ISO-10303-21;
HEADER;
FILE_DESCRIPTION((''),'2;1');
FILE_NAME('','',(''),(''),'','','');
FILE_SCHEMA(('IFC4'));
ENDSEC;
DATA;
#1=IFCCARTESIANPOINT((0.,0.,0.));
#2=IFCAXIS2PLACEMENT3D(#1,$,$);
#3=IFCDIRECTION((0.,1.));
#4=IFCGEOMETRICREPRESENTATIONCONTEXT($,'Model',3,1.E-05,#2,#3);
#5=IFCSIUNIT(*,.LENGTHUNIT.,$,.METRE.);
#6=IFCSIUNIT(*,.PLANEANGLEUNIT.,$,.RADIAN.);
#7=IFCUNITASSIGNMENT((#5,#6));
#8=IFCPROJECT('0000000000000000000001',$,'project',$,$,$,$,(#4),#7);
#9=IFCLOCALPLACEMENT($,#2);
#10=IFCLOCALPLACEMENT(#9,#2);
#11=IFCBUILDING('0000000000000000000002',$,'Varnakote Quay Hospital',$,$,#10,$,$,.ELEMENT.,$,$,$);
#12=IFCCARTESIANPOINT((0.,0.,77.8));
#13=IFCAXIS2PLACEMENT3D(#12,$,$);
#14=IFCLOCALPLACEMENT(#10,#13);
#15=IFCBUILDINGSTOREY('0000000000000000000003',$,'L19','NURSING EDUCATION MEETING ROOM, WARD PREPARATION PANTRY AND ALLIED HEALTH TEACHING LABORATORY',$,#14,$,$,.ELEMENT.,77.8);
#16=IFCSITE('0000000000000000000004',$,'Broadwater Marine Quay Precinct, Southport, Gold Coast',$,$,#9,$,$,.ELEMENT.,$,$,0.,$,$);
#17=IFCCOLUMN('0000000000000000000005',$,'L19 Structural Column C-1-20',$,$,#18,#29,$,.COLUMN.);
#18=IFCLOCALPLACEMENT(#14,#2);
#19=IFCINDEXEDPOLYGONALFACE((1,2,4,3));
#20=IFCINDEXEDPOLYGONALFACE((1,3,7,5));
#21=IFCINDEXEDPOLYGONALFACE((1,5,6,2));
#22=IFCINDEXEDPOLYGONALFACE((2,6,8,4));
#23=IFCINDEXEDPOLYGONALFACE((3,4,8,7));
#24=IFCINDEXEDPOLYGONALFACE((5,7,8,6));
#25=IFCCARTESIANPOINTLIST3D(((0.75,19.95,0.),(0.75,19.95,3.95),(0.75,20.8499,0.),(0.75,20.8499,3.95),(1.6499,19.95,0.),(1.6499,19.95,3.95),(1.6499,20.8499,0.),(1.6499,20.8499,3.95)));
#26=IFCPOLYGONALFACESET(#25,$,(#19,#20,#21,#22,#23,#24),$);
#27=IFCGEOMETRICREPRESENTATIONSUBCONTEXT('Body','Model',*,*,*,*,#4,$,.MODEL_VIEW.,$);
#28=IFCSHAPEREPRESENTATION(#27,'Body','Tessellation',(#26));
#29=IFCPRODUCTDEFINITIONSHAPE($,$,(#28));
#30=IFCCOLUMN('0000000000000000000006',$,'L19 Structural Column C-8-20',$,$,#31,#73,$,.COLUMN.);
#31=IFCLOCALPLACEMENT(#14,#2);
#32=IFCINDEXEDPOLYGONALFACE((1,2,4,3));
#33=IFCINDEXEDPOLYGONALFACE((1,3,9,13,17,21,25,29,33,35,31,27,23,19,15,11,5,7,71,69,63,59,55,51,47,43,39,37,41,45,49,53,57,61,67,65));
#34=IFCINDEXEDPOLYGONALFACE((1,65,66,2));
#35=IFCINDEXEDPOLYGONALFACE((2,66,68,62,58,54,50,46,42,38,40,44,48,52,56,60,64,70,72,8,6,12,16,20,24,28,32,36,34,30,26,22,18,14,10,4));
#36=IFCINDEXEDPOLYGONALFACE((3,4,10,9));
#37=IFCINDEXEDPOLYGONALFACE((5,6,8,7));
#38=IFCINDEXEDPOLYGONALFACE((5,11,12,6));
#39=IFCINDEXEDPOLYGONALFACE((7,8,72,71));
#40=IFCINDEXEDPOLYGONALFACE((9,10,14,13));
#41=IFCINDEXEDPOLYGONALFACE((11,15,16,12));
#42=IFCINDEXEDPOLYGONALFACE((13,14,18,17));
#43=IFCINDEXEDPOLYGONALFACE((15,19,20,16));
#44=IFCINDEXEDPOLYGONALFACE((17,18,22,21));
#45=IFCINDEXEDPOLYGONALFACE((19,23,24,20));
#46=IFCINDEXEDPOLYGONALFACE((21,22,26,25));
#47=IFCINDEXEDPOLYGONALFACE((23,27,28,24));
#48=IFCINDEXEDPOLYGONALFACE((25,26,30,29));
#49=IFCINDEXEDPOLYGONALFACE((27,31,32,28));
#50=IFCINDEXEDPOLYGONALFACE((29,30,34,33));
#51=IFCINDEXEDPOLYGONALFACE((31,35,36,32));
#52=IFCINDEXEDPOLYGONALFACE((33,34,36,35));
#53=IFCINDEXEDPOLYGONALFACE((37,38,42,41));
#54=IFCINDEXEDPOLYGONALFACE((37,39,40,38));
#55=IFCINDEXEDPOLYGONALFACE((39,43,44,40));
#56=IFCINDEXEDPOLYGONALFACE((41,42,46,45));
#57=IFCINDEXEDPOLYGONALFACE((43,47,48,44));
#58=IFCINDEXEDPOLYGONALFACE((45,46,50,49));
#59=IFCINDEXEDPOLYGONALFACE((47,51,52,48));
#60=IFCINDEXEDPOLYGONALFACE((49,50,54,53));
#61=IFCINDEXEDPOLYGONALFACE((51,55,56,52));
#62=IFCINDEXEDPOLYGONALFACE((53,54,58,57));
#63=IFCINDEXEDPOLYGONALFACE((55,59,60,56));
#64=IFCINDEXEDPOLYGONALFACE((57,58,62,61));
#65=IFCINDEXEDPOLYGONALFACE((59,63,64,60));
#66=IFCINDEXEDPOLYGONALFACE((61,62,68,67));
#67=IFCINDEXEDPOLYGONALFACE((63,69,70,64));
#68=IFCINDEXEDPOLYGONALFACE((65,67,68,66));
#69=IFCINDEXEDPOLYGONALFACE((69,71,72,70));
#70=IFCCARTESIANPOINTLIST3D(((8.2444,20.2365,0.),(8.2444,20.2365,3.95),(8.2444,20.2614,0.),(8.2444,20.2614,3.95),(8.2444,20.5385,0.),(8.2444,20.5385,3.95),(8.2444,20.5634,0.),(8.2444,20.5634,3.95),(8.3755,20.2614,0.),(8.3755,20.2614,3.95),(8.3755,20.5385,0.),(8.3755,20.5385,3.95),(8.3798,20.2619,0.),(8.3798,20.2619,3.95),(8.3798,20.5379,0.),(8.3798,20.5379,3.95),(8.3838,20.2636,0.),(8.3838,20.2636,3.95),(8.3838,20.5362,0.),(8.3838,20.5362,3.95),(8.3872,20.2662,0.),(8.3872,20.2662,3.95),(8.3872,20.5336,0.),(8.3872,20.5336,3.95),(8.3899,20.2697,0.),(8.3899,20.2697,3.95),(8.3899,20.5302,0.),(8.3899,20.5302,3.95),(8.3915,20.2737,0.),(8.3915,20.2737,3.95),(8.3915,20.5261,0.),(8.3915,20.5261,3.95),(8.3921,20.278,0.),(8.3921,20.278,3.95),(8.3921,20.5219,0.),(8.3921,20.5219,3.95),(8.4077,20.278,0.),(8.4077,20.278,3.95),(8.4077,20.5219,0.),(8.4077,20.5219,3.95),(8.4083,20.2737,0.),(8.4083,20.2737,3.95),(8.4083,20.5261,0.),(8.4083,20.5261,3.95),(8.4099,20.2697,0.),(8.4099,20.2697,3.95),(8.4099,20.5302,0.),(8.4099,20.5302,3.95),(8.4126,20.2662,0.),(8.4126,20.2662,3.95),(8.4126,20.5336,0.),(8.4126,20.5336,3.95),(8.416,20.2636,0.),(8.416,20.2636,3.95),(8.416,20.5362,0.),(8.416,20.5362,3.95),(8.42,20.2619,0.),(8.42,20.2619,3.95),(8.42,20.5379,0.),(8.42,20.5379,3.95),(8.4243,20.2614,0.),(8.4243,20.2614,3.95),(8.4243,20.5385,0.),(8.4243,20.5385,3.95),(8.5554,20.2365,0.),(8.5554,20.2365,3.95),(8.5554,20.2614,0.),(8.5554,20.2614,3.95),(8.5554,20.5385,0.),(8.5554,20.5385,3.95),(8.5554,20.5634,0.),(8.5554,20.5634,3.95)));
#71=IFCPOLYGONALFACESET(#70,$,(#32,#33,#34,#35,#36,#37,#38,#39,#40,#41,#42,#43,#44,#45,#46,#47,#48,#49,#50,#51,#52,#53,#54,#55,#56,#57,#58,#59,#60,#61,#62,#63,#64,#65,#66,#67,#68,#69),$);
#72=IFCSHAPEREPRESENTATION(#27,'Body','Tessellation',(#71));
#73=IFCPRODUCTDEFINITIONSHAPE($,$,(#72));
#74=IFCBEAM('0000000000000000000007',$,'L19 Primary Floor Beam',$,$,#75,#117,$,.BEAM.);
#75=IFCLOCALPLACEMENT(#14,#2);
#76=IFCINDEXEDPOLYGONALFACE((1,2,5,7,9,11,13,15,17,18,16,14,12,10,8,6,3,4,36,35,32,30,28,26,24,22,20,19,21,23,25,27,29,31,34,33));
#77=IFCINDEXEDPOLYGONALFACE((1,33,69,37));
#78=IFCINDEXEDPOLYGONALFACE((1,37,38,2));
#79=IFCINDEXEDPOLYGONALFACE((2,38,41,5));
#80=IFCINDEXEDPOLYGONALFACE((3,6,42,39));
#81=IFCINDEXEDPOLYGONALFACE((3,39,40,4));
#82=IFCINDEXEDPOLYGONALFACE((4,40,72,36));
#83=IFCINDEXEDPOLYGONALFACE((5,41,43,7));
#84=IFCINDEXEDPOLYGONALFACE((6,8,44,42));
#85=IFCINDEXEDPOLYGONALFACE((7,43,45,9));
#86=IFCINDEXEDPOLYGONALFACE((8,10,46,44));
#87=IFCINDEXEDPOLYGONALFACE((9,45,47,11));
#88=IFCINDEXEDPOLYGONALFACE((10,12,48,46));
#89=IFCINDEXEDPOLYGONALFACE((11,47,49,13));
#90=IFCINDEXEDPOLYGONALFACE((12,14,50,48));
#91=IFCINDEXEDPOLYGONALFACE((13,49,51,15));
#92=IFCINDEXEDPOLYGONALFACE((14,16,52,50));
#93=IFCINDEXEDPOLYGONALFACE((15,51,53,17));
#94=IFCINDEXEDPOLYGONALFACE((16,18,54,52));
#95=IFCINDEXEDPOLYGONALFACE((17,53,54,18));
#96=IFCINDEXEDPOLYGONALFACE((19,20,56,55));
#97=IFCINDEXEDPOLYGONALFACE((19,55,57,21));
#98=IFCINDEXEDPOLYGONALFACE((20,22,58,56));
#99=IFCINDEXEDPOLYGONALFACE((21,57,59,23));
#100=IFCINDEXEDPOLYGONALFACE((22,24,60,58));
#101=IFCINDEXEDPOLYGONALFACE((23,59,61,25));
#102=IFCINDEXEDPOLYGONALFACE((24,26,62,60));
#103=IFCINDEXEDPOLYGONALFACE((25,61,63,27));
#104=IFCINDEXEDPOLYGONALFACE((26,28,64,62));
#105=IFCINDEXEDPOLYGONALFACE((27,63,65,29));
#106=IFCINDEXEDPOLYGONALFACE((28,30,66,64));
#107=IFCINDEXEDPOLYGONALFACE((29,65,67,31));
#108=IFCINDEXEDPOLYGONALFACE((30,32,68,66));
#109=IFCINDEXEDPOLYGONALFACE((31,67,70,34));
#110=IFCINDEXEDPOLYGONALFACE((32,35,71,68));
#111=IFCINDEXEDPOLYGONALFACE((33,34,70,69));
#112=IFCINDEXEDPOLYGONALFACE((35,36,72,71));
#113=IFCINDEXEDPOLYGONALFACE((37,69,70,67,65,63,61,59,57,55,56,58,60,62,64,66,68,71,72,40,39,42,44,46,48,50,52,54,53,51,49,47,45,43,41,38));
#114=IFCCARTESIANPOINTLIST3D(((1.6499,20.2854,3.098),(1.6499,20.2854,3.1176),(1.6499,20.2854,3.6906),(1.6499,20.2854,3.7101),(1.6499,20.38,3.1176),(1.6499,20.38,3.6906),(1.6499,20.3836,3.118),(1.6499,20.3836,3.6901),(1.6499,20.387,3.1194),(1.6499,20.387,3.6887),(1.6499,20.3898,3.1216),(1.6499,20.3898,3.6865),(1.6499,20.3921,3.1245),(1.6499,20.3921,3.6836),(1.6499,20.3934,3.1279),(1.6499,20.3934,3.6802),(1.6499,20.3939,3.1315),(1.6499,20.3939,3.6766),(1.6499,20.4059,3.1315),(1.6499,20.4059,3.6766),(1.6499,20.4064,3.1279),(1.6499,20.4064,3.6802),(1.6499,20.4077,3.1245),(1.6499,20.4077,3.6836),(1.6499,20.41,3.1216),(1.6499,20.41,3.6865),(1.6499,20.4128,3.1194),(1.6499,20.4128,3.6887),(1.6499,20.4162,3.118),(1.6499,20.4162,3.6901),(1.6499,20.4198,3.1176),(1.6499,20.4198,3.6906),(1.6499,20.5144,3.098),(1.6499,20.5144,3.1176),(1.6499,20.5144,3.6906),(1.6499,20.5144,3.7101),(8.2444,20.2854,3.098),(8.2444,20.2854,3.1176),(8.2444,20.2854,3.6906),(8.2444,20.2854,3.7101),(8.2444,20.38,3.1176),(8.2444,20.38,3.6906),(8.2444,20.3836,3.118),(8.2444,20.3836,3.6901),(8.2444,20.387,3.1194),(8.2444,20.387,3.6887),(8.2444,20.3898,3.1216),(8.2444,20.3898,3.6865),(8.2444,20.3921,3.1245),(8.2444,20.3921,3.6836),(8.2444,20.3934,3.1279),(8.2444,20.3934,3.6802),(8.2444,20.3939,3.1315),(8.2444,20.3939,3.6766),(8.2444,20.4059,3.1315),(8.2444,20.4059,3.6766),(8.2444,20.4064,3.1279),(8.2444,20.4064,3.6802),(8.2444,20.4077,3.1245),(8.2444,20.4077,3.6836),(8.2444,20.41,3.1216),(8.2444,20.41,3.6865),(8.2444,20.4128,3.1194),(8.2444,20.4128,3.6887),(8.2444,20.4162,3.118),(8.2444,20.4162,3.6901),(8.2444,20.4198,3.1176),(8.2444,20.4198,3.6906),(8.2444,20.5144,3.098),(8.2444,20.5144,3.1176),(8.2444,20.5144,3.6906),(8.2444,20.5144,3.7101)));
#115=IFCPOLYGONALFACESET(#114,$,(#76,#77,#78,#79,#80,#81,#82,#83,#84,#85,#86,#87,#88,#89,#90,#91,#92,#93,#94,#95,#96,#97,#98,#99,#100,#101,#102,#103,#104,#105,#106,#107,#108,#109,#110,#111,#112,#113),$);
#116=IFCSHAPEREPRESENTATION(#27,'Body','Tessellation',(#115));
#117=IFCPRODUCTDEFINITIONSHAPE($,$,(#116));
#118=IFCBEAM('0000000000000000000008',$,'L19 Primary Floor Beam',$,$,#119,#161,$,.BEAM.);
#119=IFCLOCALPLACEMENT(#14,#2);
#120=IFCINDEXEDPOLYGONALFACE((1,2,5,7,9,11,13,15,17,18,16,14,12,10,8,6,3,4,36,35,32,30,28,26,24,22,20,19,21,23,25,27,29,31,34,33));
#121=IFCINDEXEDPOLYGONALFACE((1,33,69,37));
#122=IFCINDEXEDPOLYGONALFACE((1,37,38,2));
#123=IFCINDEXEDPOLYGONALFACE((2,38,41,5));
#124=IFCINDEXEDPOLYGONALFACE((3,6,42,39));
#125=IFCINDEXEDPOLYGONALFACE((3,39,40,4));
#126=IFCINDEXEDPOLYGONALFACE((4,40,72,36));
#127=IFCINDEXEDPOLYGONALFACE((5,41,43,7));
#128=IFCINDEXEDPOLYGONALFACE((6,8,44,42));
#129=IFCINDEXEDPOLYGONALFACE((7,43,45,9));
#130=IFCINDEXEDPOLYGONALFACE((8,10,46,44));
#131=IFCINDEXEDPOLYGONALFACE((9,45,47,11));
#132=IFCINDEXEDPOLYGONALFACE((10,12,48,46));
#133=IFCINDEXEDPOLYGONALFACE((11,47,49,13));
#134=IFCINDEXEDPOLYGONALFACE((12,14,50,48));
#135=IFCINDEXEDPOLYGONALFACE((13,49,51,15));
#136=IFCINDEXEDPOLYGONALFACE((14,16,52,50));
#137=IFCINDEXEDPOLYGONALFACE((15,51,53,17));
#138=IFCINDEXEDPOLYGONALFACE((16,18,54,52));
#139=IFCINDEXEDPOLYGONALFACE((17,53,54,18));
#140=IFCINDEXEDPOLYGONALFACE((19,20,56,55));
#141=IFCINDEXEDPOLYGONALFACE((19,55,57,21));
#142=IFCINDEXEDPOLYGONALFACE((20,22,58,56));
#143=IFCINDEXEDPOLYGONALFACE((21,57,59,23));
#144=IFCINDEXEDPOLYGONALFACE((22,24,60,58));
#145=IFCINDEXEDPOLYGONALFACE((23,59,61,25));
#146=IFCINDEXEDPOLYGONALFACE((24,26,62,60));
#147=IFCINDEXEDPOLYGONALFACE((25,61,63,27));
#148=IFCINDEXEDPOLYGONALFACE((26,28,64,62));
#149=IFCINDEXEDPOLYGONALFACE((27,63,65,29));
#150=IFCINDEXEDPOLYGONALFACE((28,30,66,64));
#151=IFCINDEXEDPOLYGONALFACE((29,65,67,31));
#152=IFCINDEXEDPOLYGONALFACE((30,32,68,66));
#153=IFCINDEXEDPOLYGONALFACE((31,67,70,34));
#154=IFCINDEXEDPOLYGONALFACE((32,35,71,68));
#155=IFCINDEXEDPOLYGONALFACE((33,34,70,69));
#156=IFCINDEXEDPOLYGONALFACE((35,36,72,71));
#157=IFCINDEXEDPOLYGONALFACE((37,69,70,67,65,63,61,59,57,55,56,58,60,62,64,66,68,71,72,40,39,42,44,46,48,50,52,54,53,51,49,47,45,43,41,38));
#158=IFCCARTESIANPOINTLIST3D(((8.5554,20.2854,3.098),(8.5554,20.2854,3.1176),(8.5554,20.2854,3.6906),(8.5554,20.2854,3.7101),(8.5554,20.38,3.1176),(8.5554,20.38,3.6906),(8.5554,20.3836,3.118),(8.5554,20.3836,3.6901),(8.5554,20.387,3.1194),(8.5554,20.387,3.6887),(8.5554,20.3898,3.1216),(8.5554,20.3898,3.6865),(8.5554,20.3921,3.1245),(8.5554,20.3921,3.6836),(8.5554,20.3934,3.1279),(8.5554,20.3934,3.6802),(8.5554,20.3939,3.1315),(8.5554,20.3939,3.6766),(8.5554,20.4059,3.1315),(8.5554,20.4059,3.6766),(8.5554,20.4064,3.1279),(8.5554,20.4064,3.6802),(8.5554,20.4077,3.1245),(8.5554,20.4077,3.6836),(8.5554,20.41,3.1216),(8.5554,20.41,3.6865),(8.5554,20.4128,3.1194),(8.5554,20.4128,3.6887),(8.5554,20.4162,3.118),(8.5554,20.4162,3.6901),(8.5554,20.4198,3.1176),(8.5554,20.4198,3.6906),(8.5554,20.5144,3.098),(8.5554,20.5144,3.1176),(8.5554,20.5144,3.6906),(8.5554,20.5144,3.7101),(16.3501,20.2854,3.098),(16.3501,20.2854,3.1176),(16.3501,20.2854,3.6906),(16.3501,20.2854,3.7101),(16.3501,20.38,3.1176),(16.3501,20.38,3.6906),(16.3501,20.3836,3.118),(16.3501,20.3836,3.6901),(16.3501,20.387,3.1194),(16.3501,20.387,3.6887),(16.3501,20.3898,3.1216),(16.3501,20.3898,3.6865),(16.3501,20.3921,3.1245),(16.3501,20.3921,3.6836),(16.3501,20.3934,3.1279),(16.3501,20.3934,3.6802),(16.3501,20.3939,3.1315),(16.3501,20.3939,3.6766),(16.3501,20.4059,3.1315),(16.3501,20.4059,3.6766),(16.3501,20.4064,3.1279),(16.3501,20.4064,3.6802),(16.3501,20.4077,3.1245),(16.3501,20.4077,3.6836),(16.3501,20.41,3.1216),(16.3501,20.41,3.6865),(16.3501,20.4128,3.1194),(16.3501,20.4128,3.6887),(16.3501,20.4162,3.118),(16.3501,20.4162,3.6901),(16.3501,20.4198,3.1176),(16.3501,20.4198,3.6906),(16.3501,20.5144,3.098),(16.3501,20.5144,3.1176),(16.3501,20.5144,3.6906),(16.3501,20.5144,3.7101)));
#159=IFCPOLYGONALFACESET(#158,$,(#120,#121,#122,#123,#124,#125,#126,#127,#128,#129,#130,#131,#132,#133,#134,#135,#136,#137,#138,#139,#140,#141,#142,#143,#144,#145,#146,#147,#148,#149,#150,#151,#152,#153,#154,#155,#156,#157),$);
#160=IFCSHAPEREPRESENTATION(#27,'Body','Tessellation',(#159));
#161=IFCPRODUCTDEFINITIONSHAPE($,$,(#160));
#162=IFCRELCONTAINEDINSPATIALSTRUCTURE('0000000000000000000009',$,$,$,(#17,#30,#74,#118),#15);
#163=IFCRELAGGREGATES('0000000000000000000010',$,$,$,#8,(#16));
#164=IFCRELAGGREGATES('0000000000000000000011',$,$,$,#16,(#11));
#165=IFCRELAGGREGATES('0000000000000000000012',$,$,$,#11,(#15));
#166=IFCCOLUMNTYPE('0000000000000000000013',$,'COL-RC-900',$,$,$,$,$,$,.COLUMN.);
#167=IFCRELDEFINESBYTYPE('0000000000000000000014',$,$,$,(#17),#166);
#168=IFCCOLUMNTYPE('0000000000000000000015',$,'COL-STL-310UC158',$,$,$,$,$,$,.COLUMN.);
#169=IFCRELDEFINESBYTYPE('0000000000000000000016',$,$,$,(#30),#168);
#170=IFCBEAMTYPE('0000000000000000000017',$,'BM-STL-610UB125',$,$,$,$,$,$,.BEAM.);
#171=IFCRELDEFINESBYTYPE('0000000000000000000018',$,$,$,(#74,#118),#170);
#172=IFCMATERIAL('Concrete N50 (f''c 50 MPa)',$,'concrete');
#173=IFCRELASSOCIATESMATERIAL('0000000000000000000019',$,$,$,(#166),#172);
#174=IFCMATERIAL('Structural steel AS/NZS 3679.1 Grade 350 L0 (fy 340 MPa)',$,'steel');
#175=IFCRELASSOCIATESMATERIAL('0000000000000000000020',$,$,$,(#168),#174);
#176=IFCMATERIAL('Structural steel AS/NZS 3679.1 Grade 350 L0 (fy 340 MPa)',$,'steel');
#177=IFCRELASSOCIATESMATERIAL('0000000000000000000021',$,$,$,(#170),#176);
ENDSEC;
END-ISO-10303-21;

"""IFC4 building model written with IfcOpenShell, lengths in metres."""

from ifc_helpers import new_model, si_unit, direction, frame, origin, origin_2d, place, context, subcontext, project, spatial, rectangle, i_section, extrude, material, material_profile, profile_set, type_object, element, save


model = new_model("IFC4")

# Units and contexts
model_context = context("Model", 3, precision=1e-05, world=origin(), true_north=direction((0.0, 1.0)))
body_context = subcontext(model_context, "Body", "Model", "MODEL_VIEW")
ifc_project = project(units=[si_unit("LENGTHUNIT", "METRE"), si_unit("PLANEANGLEUNIT", "RADIAN")], contexts=[model_context])

# Site, building, storey
site_placement = place(None, origin())
site = spatial("IfcSite", under=ifc_project, at=site_placement, Name="Broadwater Marine Quay Precinct, Southport, Gold Coast", CompositionType="ELEMENT", RefElevation=0.0)
building_placement = place(site_placement, origin())
building = spatial("IfcBuilding", under=site, at=building_placement, Name="Varnakote Quay Hospital", CompositionType="ELEMENT")
storey_placement = place(building_placement, frame((0.0, 0.0, 77.8)))
storey = spatial("IfcBuildingStorey", under=building, at=storey_placement, Name="L19", Description="NURSING EDUCATION MEETING ROOM, WARD PREPARATION PANTRY AND ALLIED HEALTH TEACHING LABORATORY", CompositionType="ELEMENT", Elevation=77.8)

# Columns
ifc_material_1 = material(Name="Concrete N50 (f'c 50 MPa)", Category="concrete")
ifc_material_profile_1 = material_profile(ifc_material_1, rectangle(XDim=0.8999, YDim=0.8999, at=origin_2d()), Name="RC-COL-900x900")
ifc_profile_set_1 = profile_set([ifc_material_profile_1], Name="Concrete N50 (f'c 50 MPa)")
column_type_1 = type_object("IfcColumnType", Name="COL-RC-900", PredefinedType="COLUMN", material=ifc_profile_set_1)
column_1_placement = place(storey_placement, frame((1.2, 20.3999, 0.0), z_axis=(0.0, 0.0, 1.0), x_axis=(1.0, 0.0, 0.0)))
element("IfcColumn", 1, at=column_1_placement, inside=storey, type_object=column_type_1, Name="L19 Structural Column C-1-20", PredefinedType="COLUMN", context=body_context, shape_type="SweptSolid", body=[
    extrude(rectangle(XDim=0.8999, YDim=0.8999, at=origin_2d()), origin(), (0.0, 0.0, 1.0), 3.95),
])
ifc_material_2 = material(Name="Structural steel AS/NZS 3679.1 Grade 350 L0 (fy 340 MPa)", Category="steel")
ifc_material_profile_2 = material_profile(ifc_material_2, i_section(OverallWidth=0.311, OverallDepth=0.3269, WebThickness=0.0156, FlangeThickness=0.0249, FilletRadius=0.0166, at=origin_2d()), Name="310UC158")
ifc_profile_set_2 = profile_set([ifc_material_profile_2], Name="Structural steel AS/NZS 3679.1 Grade 350 L0 (fy 340 MPa)")
column_type_2 = type_object("IfcColumnType", Name="COL-STL-310UC158", PredefinedType="COLUMN", material=ifc_profile_set_2)
column_2_placement = place(storey_placement, frame((8.3999, 20.3999, 0.0), z_axis=(0.0, 0.0, 1.0), x_axis=(1.0, 0.0, 0.0)))
element("IfcColumn", 2, at=column_2_placement, inside=storey, type_object=column_type_2, Name="L19 Structural Column C-8-20", PredefinedType="COLUMN", context=body_context, shape_type="SweptSolid", body=[
    extrude(i_section(OverallWidth=0.311, OverallDepth=0.3269, WebThickness=0.0156, FlangeThickness=0.0249, FilletRadius=0.0166, at=origin_2d()), origin(), (0.0, 0.0, 1.0), 3.95),
])

# Beams
ifc_material_3 = material(Name="Structural steel AS/NZS 3679.1 Grade 350 L0 (fy 340 MPa)", Category="steel")
ifc_material_profile_3 = material_profile(ifc_material_3, i_section(OverallWidth=0.229, OverallDepth=0.6121, WebThickness=0.012, FlangeThickness=0.0195, FilletRadius=0.0139, at=origin_2d()), Name="610UB125")
ifc_profile_set_3 = profile_set([ifc_material_profile_3], Name="Structural steel AS/NZS 3679.1 Grade 350 L0 (fy 340 MPa)")
beam_type_1 = type_object("IfcBeamType", Name="BM-STL-610UB125", PredefinedType="BEAM", material=ifc_profile_set_3)
beam_1_placement = place(storey_placement, frame((1.6499, 20.3999, 3.4041), z_axis=(1.0, 0.0, 0.0), x_axis=(0.0, 1.0, 0.0)))
element("IfcBeam", 3, at=beam_1_placement, inside=storey, type_object=beam_type_1, Name="L19 Primary Floor Beam", PredefinedType="BEAM", context=body_context, shape_type="SweptSolid", body=[
    extrude(i_section(OverallWidth=0.229, OverallDepth=0.6121, WebThickness=0.012, FlangeThickness=0.0195, FilletRadius=0.0139, at=origin_2d()), origin(), (0.0, 0.0, 1.0), 6.5945),
])
beam_2_placement = place(storey_placement, frame((8.5554, 20.3999, 3.4041), z_axis=(1.0, 0.0, 0.0), x_axis=(0.0, 1.0, 0.0)))
element("IfcBeam", 4, at=beam_2_placement, inside=storey, type_object=beam_type_1, Name="L19 Primary Floor Beam", PredefinedType="BEAM", context=body_context, shape_type="SweptSolid", body=[
    extrude(i_section(OverallWidth=0.229, OverallDepth=0.6121, WebThickness=0.012, FlangeThickness=0.0195, FilletRadius=0.0139, at=origin_2d()), origin(), (0.0, 0.0, 1.0), 7.7947),
])

save(model, "model.ifc")
